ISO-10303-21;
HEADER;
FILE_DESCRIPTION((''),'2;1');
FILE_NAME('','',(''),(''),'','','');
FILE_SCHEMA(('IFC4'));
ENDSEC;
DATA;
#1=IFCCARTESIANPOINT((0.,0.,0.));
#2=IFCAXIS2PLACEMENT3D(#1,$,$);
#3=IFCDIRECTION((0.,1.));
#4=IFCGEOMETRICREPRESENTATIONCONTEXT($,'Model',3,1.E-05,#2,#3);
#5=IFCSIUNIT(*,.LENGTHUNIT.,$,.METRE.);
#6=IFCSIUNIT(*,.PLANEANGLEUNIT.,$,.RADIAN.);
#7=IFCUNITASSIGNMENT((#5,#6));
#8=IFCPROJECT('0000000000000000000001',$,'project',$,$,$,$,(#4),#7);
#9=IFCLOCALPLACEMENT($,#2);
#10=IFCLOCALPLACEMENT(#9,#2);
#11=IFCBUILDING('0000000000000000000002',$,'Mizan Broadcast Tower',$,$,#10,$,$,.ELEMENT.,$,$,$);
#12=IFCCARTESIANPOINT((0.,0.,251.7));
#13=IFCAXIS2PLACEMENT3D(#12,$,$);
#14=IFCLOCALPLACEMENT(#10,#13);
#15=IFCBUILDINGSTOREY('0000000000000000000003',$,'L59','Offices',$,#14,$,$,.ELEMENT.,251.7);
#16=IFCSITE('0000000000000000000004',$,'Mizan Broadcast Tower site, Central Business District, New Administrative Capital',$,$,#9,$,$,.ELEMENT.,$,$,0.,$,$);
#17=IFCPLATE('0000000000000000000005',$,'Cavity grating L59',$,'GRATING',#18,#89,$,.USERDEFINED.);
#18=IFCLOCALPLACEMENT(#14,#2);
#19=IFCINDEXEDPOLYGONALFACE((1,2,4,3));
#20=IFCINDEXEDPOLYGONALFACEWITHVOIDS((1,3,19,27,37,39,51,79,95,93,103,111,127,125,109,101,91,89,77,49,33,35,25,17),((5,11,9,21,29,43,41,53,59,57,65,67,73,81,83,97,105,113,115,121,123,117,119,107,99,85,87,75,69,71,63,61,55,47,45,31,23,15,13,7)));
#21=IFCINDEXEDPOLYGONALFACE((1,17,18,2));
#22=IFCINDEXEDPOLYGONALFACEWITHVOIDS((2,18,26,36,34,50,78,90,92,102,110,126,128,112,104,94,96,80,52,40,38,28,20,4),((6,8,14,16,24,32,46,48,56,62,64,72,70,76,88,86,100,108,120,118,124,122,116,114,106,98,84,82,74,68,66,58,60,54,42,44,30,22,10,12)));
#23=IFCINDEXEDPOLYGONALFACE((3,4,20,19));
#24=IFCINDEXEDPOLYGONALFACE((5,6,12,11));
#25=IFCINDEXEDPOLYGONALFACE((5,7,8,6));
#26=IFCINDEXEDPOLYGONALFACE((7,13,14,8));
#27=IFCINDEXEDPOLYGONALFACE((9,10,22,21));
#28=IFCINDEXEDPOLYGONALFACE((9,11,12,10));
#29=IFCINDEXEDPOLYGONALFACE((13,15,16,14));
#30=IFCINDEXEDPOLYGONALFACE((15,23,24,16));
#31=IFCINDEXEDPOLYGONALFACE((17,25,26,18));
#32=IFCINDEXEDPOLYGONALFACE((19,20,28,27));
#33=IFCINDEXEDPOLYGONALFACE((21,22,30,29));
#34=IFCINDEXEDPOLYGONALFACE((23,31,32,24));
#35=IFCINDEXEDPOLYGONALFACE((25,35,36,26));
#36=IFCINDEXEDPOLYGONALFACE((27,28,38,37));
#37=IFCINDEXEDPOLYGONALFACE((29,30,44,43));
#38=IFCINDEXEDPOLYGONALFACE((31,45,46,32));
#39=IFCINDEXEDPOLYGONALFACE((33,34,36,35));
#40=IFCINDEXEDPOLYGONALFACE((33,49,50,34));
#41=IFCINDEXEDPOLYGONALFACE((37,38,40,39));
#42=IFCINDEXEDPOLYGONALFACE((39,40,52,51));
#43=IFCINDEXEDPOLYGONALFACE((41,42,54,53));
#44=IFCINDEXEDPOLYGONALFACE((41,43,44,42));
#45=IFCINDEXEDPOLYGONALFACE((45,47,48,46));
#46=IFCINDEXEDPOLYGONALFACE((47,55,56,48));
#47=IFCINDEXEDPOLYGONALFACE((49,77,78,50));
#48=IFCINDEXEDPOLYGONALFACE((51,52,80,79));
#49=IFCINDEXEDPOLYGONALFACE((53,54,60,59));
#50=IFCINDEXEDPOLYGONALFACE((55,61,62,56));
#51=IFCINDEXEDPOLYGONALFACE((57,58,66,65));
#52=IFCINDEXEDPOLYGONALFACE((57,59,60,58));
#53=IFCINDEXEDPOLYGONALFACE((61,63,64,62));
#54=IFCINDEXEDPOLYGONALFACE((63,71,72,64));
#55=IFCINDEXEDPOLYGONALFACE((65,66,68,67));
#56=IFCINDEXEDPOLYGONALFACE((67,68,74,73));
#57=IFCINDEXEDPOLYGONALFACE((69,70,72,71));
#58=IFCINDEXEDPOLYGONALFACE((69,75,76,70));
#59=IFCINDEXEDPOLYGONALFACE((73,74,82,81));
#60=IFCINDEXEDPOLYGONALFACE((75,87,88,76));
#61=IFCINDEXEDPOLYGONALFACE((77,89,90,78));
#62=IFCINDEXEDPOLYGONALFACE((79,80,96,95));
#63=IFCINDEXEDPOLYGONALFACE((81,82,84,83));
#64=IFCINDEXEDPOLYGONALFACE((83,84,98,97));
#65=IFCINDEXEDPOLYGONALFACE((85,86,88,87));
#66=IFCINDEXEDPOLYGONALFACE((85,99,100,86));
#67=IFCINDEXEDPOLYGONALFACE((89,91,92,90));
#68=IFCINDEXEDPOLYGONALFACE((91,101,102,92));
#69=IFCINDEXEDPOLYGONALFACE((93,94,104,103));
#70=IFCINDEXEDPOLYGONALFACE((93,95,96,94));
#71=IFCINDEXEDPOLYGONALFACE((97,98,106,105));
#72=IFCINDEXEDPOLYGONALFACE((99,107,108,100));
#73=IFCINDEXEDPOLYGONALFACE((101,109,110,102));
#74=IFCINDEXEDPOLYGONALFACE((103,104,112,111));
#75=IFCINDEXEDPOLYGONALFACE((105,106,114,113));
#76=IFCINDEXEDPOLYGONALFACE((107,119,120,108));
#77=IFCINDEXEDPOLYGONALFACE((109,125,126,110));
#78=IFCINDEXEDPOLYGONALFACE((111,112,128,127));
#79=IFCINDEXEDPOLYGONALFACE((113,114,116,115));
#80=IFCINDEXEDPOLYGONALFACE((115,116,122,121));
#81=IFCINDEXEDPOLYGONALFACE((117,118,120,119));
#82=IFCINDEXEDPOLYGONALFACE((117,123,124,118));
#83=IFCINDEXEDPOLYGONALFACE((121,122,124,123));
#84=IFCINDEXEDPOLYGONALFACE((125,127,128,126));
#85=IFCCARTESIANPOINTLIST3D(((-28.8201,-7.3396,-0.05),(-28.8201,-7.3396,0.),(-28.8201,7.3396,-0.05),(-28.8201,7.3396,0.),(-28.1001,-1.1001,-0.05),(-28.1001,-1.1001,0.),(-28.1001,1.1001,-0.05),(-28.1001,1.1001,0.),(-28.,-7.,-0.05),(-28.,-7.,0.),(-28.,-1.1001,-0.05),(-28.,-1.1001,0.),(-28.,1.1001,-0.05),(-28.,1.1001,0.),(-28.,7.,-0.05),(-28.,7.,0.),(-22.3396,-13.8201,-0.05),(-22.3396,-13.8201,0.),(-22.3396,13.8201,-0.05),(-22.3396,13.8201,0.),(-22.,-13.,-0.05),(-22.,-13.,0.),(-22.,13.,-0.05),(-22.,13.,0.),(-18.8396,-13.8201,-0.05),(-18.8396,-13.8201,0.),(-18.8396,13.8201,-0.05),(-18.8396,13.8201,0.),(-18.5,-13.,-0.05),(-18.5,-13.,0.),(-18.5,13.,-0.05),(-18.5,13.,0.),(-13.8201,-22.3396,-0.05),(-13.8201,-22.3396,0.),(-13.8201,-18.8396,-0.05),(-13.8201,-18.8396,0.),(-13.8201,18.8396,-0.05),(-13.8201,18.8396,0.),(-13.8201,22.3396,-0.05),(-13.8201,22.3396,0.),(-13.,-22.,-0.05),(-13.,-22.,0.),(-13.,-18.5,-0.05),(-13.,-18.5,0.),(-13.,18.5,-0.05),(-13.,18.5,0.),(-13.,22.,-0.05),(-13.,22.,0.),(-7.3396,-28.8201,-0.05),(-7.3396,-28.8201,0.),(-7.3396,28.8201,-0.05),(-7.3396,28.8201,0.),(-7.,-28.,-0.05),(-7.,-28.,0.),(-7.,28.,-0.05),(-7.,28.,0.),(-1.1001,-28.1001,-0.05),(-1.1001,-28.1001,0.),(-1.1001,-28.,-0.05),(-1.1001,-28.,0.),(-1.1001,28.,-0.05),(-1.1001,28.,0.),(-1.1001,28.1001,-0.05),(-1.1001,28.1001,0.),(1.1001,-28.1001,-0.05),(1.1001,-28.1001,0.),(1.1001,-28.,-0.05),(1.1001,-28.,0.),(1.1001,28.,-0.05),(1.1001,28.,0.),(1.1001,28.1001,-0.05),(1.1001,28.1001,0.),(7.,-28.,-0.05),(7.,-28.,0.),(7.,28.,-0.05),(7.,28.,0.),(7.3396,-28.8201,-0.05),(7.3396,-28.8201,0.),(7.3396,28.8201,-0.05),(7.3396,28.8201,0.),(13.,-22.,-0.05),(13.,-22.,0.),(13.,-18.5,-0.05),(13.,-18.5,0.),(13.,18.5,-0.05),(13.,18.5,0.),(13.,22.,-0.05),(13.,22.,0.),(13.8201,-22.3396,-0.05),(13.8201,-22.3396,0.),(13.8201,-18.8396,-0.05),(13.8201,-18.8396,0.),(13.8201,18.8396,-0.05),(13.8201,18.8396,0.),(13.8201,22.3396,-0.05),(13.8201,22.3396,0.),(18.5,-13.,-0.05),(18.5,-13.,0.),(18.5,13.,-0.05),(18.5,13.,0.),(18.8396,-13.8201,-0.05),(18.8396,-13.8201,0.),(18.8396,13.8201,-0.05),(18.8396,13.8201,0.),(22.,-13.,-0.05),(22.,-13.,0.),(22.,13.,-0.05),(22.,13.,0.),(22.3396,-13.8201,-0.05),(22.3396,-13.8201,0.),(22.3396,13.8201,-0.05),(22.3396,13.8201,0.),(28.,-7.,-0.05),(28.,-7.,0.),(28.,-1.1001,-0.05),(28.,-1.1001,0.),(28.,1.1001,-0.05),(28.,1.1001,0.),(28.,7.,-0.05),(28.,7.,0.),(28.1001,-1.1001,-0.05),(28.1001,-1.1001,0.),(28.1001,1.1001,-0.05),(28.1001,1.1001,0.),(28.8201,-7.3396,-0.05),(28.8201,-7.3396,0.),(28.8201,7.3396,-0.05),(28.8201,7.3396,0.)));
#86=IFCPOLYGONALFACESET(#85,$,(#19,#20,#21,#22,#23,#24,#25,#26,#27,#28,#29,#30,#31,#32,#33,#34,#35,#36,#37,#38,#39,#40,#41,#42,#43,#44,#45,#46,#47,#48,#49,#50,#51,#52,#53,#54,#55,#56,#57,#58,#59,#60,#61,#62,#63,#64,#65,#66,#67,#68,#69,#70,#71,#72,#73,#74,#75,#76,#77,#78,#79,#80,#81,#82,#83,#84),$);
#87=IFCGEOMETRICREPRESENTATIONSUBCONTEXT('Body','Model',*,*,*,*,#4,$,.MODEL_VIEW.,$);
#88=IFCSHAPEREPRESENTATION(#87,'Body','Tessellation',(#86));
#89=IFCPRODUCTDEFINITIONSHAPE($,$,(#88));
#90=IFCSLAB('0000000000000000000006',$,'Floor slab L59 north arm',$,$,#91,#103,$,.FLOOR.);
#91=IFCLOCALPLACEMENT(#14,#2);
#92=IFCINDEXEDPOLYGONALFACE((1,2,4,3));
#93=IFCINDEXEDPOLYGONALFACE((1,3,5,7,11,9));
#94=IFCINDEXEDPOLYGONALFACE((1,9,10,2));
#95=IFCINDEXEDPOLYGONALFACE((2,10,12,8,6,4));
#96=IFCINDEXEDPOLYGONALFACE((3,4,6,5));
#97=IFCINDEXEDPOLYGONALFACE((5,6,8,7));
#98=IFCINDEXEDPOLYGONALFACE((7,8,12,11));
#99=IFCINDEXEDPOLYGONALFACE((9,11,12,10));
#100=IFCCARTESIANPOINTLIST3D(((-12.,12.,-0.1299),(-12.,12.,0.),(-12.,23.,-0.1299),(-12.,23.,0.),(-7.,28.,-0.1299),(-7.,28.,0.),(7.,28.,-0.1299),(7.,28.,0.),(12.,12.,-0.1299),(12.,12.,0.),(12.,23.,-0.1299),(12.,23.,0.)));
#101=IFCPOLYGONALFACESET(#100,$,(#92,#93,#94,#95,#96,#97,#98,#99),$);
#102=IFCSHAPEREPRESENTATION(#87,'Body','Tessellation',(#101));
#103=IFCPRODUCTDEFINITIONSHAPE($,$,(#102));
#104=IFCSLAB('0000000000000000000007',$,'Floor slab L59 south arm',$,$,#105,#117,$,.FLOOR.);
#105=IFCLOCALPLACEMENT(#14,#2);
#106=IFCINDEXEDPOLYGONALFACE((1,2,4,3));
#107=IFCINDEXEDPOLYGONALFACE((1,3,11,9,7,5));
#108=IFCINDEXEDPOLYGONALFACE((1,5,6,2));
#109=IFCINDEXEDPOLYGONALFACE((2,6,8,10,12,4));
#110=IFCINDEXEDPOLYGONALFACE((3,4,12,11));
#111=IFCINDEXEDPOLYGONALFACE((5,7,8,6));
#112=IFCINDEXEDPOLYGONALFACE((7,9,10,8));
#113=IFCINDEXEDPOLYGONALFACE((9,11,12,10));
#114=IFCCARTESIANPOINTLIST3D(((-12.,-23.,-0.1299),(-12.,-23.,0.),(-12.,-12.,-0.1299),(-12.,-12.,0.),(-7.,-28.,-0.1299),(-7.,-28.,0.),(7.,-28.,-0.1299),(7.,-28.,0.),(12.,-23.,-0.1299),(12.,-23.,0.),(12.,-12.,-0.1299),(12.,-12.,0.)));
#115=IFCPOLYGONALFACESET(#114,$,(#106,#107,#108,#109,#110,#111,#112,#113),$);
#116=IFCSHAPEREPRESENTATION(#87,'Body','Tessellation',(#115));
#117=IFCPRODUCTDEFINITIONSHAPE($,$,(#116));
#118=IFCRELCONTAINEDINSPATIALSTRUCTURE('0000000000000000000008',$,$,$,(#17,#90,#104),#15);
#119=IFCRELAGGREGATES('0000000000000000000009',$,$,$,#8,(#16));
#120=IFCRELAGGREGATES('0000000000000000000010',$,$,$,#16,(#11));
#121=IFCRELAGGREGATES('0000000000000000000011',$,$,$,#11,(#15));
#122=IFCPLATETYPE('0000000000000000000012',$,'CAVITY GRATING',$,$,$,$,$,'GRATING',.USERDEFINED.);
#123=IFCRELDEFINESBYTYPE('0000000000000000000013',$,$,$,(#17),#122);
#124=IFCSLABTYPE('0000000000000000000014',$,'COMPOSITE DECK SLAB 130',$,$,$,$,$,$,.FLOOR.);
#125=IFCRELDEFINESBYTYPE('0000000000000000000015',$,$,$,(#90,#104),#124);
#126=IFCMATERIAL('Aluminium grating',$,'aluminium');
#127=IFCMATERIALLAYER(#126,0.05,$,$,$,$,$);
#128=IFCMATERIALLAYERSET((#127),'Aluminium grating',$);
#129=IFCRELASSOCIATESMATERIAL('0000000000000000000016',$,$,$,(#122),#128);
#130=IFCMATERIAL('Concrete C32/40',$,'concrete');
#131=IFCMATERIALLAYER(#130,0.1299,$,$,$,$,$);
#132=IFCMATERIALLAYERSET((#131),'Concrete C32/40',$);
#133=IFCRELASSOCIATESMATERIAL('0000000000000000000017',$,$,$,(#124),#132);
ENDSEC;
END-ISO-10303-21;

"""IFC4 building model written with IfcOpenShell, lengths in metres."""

from ifc_helpers import new_model, si_unit, direction, frame, origin, place, context, subcontext, project, spatial, polyline, outline, extrude, material, layer, layer_set, type_object, element, save


model = new_model("IFC4")

# Units and contexts
model_context = context("Model", 3, precision=1e-05, world=origin(), true_north=direction((0.0, 1.0)))
body_context = subcontext(model_context, "Body", "Model", "MODEL_VIEW")
ifc_project = project(units=[si_unit("LENGTHUNIT", "METRE"), si_unit("PLANEANGLEUNIT", "RADIAN")], contexts=[model_context])

# Site, building, storey
site_placement = place(None, origin())
site = spatial("IfcSite", under=ifc_project, at=site_placement, Name="Mizan Broadcast Tower site, Central Business District, New Administrative Capital", CompositionType="ELEMENT", RefElevation=0.0)
building_placement = place(site_placement, origin())
building = spatial("IfcBuilding", under=site, at=building_placement, Name="Mizan Broadcast Tower", CompositionType="ELEMENT")
storey_placement = place(building_placement, frame((0.0, 0.0, 251.7)))
storey = spatial("IfcBuildingStorey", under=building, at=storey_placement, Name="L59", Description="Offices", CompositionType="ELEMENT", Elevation=251.7)

# Plate
ifc_material_1 = material(Name="Aluminium grating", Category="aluminium")
ifc_layer_1 = layer(ifc_material_1, 0.05)
ifc_layer_set_1 = layer_set([ifc_layer_1], Name="Aluminium grating")
plate_type = type_object("IfcPlateType", Name="CAVITY GRATING", ElementType="GRATING", PredefinedType="USERDEFINED", material=ifc_layer_set_1)
plate_placement = place(storey_placement, frame((0.0, 0.0, -0.05)))
element("IfcPlate", 1, at=plate_placement, inside=storey, type_object=plate_type, Name="Cavity grating L59", ObjectType="GRATING", PredefinedType="USERDEFINED", context=body_context, shape_type="SweptSolid", body=[
    extrude(outline(polyline([(13.8201, -18.8396), (18.8396, -13.8201), (22.3396, -13.8201), (28.8201, -7.3396), (28.8201, 7.3396), (22.3396, 13.8201), (18.8396, 13.8201), (13.8201, 18.8396), (13.8201, 22.3396), (7.3396, 28.8201), (-7.3396, 28.8201), (-13.8201, 22.3396), (-13.8201, 18.8396), (-18.8396, 13.8201), (-22.3396, 13.8201), (-28.8201, 7.3396), (-28.8201, -7.3396), (-22.3396, -13.8201), (-18.8396, -13.8201), (-13.8201, -18.8396), (-13.8201, -22.3396), (-7.3396, -28.8201), (7.3396, -28.8201), (13.8201, -22.3396), (13.8201, -18.8396)]), holes=[polyline([(28.0, -1.1001), (28.0, -7.0), (22.0, -13.0), (18.5, -13.0), (13.0, -18.5), (13.0, -22.0), (7.0, -28.0), (1.1001, -28.0), (1.1001, -28.1001), (-1.1001, -28.1001), (-1.1001, -28.0), (-7.0, -28.0), (-13.0, -22.0), (-13.0, -18.5), (-18.5, -13.0), (-22.0, -13.0), (-28.0, -7.0), (-28.0, -1.1001), (-28.1001, -1.1001), (-28.1001, 1.1001), (-28.0, 1.1001), (-28.0, 7.0), (-22.0, 13.0), (-18.5, 13.0), (-13.0, 18.5), (-13.0, 22.0), (-7.0, 28.0), (-1.1001, 28.0), (-1.1001, 28.1001), (1.1001, 28.1001), (1.1001, 28.0), (7.0, 28.0), (13.0, 22.0), (13.0, 18.5), (18.5, 13.0), (22.0, 13.0), (28.0, 7.0), (28.0, 1.1001), (28.1001, 1.1001), (28.1001, -1.1001), (28.0, -1.1001)])]), origin(), (0.0, 0.0, 1.0), 0.05),
])

# Slabs
ifc_material_2 = material(Name="Concrete C32/40", Category="concrete")
ifc_layer_2 = layer(ifc_material_2, 0.1299)
ifc_layer_set_2 = layer_set([ifc_layer_2], Name="Concrete C32/40")
slab_type_1 = type_object("IfcSlabType", Name="COMPOSITE DECK SLAB 130", PredefinedType="FLOOR", material=ifc_layer_set_2)
slab_1_placement = place(storey_placement, frame((0.0, 0.0, -0.1299)))
element("IfcSlab", 2, at=slab_1_placement, inside=storey, type_object=slab_type_1, Name="Floor slab L59 north arm", PredefinedType="FLOOR", context=body_context, shape_type="SweptSolid", body=[
    extrude(outline(polyline([(-7.0, 28.0), (-12.0, 23.0), (-12.0, 12.0), (12.0, 12.0), (12.0, 23.0), (7.0, 28.0), (-7.0, 28.0)])), origin(), (0.0, 0.0, 1.0), 0.1299),
])
slab_2_placement = place(storey_placement, frame((0.0, 0.0, -0.1299)))
element("IfcSlab", 3, at=slab_2_placement, inside=storey, type_object=slab_type_1, Name="Floor slab L59 south arm", PredefinedType="FLOOR", context=body_context, shape_type="SweptSolid", body=[
    extrude(outline(polyline([(7.0, -28.0), (12.0, -23.0), (12.0, -12.0), (-12.0, -12.0), (-12.0, -23.0), (-7.0, -28.0), (7.0, -28.0)])), origin(), (0.0, 0.0, 1.0), 0.1299),
])

save(model, "model.ifc")
